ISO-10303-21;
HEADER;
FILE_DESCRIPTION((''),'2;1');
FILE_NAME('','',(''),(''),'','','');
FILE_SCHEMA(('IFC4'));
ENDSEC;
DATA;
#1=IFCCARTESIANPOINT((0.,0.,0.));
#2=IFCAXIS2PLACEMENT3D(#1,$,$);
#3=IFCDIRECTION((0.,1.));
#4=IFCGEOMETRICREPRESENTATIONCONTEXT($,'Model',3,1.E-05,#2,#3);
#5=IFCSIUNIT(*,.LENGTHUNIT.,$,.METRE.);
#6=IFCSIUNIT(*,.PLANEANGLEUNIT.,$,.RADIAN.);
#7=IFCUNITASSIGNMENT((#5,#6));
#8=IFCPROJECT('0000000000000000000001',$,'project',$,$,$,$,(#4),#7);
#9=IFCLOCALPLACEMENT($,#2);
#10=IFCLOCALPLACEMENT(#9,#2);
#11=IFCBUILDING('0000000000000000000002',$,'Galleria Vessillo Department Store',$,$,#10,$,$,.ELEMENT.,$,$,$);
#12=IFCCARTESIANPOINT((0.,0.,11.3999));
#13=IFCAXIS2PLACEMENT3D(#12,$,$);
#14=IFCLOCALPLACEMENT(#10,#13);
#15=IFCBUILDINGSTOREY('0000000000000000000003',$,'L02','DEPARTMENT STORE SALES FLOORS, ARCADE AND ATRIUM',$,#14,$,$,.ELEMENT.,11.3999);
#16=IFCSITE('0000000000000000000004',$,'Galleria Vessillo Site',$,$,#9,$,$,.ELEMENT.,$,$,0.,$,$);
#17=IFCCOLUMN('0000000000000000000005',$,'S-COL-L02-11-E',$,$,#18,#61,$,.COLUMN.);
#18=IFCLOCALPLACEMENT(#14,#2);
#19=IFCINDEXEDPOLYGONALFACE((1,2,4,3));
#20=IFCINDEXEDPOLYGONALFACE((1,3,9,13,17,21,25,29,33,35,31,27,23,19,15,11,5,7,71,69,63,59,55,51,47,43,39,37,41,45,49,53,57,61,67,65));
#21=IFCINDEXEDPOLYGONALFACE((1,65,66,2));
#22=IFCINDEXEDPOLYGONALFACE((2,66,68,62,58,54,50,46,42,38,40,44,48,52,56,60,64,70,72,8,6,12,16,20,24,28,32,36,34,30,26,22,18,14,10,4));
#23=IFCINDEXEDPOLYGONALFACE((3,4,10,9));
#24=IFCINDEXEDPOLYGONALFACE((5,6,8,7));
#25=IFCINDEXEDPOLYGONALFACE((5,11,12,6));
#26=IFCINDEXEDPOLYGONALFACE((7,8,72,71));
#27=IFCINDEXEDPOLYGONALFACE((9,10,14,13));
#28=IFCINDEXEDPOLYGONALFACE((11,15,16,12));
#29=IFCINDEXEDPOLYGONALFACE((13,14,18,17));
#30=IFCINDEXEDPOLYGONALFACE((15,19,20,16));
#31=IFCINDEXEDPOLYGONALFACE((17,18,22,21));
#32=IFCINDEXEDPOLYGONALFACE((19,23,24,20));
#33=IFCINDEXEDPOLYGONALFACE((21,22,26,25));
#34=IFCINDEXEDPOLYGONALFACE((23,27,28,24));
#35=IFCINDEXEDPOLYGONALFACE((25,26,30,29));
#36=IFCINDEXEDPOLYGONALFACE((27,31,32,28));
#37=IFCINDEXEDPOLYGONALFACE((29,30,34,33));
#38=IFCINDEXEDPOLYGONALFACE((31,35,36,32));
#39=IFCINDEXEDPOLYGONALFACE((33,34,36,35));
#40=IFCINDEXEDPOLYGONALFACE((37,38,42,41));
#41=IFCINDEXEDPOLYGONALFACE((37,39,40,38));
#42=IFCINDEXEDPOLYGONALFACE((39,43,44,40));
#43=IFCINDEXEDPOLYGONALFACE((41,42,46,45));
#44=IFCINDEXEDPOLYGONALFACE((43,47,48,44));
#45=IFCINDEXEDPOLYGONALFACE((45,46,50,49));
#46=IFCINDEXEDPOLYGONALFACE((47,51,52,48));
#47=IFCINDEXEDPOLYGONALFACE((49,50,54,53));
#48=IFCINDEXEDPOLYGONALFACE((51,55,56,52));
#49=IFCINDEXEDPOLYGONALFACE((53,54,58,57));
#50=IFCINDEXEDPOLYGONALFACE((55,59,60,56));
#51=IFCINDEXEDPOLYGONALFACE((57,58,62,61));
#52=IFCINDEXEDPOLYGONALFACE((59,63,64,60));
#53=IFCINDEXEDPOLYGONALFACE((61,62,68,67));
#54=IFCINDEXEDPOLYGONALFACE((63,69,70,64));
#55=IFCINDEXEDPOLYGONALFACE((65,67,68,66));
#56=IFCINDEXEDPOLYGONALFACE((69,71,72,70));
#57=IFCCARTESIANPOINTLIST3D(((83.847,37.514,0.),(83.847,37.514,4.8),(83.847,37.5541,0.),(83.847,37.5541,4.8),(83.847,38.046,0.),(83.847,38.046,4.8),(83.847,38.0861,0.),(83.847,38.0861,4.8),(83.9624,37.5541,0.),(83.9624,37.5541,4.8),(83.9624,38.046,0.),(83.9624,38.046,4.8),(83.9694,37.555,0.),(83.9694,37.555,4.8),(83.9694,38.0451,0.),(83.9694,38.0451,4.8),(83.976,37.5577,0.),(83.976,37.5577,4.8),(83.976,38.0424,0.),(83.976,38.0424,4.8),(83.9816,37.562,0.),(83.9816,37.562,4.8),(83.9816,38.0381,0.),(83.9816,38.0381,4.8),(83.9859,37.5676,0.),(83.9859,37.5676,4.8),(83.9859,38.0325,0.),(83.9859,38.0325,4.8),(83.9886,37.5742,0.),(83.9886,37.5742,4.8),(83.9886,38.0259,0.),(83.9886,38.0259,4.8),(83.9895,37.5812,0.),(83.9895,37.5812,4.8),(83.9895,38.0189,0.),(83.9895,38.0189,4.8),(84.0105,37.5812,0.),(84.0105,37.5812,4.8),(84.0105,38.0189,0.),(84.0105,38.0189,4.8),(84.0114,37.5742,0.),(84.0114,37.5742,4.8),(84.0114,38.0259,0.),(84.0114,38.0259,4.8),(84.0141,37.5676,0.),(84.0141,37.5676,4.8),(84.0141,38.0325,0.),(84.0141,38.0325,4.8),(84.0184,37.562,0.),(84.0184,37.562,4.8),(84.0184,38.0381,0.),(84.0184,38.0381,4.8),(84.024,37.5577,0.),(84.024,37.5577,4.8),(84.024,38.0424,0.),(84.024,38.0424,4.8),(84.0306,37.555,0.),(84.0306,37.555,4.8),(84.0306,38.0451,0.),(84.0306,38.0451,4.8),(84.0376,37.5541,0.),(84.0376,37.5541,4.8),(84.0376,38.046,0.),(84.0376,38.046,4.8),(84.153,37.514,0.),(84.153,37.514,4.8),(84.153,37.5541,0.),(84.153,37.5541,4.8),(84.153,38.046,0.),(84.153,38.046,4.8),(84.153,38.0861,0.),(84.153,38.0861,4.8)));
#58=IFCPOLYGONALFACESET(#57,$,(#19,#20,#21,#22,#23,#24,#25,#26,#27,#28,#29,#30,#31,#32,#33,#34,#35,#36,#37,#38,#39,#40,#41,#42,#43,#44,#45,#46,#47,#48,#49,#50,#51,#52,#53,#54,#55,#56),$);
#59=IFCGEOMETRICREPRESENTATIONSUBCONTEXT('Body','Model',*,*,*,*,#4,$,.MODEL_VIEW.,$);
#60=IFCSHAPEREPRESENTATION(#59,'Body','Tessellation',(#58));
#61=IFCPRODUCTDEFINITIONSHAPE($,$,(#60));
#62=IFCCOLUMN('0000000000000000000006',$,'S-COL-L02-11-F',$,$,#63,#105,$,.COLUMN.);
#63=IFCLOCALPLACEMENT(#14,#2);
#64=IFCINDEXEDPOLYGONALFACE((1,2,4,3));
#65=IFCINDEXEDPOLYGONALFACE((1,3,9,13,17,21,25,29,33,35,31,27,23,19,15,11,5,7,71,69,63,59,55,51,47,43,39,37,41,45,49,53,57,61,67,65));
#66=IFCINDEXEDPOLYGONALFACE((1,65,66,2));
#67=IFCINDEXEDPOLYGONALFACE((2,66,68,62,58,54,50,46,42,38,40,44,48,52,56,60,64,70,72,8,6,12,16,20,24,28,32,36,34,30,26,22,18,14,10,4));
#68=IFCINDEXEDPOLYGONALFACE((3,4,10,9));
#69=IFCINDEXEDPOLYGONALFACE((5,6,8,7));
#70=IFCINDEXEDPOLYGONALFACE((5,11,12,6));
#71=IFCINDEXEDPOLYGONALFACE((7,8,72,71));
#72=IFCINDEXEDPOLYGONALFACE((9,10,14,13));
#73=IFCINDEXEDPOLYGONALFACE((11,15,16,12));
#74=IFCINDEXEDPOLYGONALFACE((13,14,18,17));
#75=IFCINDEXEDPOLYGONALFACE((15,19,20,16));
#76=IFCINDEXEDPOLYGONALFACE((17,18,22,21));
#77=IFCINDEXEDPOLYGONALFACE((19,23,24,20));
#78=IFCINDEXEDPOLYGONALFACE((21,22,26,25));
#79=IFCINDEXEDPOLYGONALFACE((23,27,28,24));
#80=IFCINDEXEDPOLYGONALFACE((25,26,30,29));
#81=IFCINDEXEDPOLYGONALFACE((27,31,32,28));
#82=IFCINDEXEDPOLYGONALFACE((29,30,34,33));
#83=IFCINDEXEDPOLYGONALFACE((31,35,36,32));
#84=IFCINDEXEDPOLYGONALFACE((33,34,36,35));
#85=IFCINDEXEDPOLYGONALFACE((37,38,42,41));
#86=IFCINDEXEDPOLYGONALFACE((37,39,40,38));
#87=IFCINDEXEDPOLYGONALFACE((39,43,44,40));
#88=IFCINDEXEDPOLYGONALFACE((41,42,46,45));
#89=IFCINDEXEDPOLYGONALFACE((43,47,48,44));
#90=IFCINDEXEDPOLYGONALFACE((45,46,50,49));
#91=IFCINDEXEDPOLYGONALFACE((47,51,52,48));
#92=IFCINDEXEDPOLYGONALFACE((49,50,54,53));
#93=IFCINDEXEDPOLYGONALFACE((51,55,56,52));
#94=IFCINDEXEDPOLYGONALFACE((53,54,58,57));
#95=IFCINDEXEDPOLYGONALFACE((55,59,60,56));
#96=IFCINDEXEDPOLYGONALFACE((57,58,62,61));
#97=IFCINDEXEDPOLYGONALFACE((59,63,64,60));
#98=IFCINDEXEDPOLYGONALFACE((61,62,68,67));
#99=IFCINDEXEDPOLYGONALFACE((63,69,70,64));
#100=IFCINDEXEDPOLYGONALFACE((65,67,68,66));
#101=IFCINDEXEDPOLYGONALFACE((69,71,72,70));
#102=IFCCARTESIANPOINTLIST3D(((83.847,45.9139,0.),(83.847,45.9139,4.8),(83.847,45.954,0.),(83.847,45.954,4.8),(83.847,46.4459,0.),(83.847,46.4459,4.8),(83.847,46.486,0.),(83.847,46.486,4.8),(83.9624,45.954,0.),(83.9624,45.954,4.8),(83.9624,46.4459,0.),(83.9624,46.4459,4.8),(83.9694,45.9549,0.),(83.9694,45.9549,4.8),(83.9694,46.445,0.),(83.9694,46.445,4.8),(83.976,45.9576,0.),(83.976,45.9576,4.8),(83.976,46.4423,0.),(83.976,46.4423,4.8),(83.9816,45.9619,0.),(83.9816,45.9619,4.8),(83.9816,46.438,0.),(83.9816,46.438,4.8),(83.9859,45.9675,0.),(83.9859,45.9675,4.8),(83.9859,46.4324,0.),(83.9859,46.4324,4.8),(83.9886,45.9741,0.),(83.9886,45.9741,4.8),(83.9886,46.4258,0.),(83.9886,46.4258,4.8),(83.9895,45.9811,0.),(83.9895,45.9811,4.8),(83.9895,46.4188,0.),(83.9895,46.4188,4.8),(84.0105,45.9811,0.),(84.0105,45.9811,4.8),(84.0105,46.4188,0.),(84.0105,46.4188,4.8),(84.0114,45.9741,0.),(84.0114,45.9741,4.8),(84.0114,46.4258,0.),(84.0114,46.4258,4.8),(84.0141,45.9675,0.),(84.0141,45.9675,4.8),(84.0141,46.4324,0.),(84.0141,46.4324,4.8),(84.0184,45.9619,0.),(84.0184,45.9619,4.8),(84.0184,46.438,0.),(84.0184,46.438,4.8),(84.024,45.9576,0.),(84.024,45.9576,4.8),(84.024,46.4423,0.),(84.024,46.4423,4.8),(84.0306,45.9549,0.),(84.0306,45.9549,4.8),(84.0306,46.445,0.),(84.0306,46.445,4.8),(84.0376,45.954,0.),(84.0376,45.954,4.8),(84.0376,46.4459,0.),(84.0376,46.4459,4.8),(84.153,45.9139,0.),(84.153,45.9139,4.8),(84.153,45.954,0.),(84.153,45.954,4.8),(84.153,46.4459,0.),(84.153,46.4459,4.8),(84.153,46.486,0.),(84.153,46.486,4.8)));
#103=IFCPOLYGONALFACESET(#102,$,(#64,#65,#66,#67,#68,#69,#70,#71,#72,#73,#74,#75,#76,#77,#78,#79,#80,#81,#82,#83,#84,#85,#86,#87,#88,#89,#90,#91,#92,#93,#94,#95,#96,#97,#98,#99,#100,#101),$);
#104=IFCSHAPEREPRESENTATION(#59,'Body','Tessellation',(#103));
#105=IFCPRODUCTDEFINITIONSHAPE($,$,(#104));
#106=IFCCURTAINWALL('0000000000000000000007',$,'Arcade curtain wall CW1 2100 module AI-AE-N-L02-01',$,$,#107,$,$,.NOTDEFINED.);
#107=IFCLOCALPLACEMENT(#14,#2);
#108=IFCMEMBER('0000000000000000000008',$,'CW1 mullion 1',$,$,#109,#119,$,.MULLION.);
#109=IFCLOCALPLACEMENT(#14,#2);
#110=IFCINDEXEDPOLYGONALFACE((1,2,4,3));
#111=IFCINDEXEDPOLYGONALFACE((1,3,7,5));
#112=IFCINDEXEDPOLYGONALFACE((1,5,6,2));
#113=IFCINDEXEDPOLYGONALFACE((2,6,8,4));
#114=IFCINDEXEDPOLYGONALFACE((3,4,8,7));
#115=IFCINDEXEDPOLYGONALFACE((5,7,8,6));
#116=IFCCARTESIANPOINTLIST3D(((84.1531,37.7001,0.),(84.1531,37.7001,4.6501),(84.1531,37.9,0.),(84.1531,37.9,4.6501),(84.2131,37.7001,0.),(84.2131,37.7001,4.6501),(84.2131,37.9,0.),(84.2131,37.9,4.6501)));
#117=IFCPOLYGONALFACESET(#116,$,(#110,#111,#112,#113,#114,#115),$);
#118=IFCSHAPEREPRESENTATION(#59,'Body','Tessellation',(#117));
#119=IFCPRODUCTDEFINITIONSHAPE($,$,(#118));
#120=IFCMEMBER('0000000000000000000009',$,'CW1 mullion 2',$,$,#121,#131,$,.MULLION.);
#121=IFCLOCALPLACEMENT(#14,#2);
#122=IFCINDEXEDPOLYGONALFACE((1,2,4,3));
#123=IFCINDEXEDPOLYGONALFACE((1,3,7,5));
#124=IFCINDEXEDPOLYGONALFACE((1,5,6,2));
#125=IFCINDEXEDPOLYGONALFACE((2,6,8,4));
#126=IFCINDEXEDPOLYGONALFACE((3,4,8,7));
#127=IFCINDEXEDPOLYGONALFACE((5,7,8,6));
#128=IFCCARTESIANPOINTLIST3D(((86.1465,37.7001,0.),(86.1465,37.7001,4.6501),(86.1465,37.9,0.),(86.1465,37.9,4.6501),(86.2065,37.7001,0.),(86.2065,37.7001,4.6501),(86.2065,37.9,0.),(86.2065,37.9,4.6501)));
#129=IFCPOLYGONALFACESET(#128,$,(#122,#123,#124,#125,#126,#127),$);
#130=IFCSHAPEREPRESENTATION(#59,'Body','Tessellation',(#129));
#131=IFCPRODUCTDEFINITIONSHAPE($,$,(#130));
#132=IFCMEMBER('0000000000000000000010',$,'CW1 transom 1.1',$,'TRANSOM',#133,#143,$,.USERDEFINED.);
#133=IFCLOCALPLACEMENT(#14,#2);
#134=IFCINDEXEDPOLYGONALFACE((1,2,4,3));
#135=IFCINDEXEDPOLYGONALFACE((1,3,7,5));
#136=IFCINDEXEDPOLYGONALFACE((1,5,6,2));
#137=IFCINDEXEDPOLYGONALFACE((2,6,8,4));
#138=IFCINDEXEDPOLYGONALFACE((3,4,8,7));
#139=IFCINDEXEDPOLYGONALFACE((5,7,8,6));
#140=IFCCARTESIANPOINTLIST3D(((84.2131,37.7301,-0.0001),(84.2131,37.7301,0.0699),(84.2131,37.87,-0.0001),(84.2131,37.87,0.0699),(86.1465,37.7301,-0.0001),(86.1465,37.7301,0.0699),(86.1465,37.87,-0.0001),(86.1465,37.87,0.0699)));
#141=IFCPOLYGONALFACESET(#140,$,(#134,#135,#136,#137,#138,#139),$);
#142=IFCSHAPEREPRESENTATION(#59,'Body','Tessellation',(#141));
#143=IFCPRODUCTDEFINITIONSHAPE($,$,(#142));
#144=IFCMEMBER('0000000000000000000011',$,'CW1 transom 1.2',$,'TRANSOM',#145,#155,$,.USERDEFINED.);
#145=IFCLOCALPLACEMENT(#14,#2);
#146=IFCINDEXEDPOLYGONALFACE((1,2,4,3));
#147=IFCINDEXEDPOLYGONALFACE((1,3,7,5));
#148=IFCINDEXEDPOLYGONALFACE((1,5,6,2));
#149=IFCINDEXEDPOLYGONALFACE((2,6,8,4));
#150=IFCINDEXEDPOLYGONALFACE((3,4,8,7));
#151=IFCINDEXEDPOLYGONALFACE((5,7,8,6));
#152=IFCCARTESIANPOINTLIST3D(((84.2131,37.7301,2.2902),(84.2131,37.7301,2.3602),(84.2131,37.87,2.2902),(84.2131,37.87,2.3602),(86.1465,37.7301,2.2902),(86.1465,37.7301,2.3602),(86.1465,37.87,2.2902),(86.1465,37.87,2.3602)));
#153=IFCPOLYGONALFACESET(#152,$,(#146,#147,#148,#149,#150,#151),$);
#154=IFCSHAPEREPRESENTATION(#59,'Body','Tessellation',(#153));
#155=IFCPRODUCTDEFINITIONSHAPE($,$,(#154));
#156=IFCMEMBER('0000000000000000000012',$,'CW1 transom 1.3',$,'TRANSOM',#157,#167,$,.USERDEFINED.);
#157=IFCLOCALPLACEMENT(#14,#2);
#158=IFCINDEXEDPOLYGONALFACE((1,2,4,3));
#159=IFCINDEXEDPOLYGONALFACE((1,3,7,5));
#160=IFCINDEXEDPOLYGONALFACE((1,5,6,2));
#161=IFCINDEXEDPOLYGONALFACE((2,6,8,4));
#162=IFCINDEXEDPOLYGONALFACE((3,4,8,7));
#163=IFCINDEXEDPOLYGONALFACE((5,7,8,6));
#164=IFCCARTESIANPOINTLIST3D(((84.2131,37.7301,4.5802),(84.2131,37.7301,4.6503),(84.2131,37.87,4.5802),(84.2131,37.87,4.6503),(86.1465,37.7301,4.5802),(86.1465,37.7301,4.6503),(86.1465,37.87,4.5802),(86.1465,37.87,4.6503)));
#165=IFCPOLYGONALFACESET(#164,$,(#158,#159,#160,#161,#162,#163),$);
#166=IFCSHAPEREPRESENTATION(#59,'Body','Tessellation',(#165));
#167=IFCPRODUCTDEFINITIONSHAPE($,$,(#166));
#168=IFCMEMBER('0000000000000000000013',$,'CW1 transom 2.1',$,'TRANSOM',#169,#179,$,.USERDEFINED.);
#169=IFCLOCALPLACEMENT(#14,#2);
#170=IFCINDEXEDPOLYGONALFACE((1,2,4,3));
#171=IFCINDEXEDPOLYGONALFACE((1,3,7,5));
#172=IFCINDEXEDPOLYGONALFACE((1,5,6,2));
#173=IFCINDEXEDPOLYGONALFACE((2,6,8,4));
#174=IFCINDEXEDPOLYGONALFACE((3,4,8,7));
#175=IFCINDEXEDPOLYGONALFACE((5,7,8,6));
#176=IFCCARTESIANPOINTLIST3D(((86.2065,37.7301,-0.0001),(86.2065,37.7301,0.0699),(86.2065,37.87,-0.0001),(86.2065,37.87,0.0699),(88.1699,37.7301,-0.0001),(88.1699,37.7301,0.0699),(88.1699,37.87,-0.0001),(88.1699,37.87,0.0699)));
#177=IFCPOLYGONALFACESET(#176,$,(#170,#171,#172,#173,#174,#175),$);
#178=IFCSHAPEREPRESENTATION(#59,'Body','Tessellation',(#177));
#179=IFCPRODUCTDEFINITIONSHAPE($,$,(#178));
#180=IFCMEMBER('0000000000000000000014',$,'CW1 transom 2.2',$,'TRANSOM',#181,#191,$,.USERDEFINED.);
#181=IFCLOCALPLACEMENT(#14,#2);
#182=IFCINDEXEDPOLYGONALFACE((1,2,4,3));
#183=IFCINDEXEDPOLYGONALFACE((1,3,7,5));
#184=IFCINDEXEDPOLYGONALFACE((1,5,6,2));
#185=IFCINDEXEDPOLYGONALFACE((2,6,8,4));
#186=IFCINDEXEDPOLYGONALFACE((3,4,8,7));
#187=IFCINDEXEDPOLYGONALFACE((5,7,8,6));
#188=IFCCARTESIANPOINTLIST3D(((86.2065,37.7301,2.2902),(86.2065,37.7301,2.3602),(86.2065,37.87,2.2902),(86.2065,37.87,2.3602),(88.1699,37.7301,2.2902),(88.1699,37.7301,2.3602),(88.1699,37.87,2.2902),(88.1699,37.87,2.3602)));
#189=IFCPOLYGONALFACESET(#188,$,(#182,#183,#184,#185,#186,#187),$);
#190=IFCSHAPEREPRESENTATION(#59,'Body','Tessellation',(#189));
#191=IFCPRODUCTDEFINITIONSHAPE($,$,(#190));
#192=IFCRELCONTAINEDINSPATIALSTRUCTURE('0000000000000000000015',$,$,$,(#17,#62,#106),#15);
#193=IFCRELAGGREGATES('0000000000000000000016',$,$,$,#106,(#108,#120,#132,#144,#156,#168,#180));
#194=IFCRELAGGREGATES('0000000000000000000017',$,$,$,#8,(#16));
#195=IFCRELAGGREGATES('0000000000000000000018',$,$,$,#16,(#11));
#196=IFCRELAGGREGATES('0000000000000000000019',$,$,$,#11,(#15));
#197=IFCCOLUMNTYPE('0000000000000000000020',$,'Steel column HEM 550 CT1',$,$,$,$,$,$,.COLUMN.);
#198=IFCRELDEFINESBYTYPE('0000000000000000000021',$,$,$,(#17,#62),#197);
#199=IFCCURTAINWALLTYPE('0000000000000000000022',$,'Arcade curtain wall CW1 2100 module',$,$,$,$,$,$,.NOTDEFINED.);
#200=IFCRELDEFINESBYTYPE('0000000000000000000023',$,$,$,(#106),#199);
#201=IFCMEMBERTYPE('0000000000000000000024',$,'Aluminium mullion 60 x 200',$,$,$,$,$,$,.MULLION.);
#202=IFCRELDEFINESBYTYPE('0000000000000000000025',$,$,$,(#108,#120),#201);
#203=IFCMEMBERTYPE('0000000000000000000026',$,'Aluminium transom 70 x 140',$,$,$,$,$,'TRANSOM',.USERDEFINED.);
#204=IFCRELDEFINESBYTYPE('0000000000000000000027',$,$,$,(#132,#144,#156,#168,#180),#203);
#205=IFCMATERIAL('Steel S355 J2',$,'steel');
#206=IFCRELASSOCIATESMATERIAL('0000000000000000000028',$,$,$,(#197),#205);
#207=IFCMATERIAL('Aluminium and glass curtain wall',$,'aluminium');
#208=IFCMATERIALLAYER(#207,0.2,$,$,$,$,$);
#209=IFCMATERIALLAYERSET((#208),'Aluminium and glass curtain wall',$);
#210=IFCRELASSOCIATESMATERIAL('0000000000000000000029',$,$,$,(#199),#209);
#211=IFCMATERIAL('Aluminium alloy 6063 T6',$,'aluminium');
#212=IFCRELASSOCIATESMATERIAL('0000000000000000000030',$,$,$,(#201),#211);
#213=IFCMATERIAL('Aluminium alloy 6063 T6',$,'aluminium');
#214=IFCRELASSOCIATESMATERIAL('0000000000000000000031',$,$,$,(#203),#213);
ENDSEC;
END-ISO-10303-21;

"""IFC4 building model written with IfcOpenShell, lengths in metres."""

from ifc_helpers import new_model, si_unit, direction, frame, origin, origin_2d, place, context, subcontext, project, spatial, rectangle, i_section, extrude, material, layer, layer_set, material_profile, profile_set, type_object, element, aggregate, save


model = new_model("IFC4")

# Units and contexts
model_context = context("Model", 3, precision=1e-05, world=origin(), true_north=direction((0.0, 1.0)))
body_context = subcontext(model_context, "Body", "Model", "MODEL_VIEW")
ifc_project = project(units=[si_unit("LENGTHUNIT", "METRE"), si_unit("PLANEANGLEUNIT", "RADIAN")], contexts=[model_context])

# Site, building, storey
site_placement = place(None, origin())
site = spatial("IfcSite", under=ifc_project, at=site_placement, Name="Galleria Vessillo Site", CompositionType="ELEMENT", RefElevation=0.0)
building_placement = place(site_placement, origin())
building = spatial("IfcBuilding", under=site, at=building_placement, Name="Galleria Vessillo Department Store", CompositionType="ELEMENT")
storey_placement = place(building_placement, frame((0.0, 0.0, 11.3999)))
storey = spatial("IfcBuildingStorey", under=building, at=storey_placement, Name="L02", Description="DEPARTMENT STORE SALES FLOORS, ARCADE AND ATRIUM", CompositionType="ELEMENT", Elevation=11.3999)

# Columns
ifc_material_1 = material(Name="Steel S355 J2", Category="steel")
ifc_material_profile_1 = material_profile(ifc_material_1, i_section(OverallWidth=0.3059, OverallDepth=0.572, WebThickness=0.021, FlangeThickness=0.04, FilletRadius=0.0271, at=origin_2d()), Name="HEM 550")
ifc_profile_set_1 = profile_set([ifc_material_profile_1], Name="Steel S355 J2")
column_type = type_object("IfcColumnType", Name="Steel column HEM 550 CT1", PredefinedType="COLUMN", material=ifc_profile_set_1)
for number, where, z_axis, x_axis, name in (
    (1, (84.0, 37.8, 0.0), (0.0, 0.0, 1.0), (1.0, 0.0, 0.0), "S-COL-L02-11-E"),
    (2, (84.0, 46.2, 0.0), (0.0, 0.0, 1.0), (1.0, 0.0, 0.0), "S-COL-L02-11-F"),
):
    element("IfcColumn", number, at=place(storey_placement, frame(where, z_axis=z_axis, x_axis=x_axis)), inside=storey, type_object=column_type, Name=name, PredefinedType="COLUMN", context=body_context, shape_type="SweptSolid", body=[
        extrude(i_section(OverallWidth=0.3059, OverallDepth=0.572, WebThickness=0.021, FlangeThickness=0.04, FilletRadius=0.0271, at=origin_2d()), origin(), (0.0, 0.0, 1.0), 4.8),
    ])

# Curtain wall, members
ifc_material_2 = material(Name="Aluminium and glass curtain wall", Category="aluminium")
ifc_layer_1 = layer(ifc_material_2, 0.2)
ifc_layer_set_1 = layer_set([ifc_layer_1], Name="Aluminium and glass curtain wall")
curtain_wall_type = type_object("IfcCurtainWallType", Name="Arcade curtain wall CW1 2100 module", PredefinedType="NOTDEFINED", material=ifc_layer_set_1)
curtain_wall_placement = place(storey_placement, origin())
curtain_wall = element("IfcCurtainWall", 3, at=curtain_wall_placement, inside=storey, type_object=curtain_wall_type, Name="Arcade curtain wall CW1 2100 module AI-AE-N-L02-01", PredefinedType="NOTDEFINED")
ifc_material_3 = material(Name="Aluminium alloy 6063 T6", Category="aluminium")
ifc_material_profile_2 = material_profile(ifc_material_3, rectangle(XDim=0.2, YDim=0.0601, at=origin_2d()), Name="AL 60x200")
ifc_profile_set_2 = profile_set([ifc_material_profile_2], Name="Aluminium alloy 6063 T6")
member_type_1 = type_object("IfcMemberType", Name="Aluminium mullion 60 x 200", PredefinedType="MULLION", material=ifc_profile_set_2)
member_1_placement = place(storey_placement, frame((84.1831, 37.8, 0.0), z_axis=(0.0, 0.0, 1.0), x_axis=(0.0, 1.0, 0.0)))
member_1 = element("IfcMember", 4, at=member_1_placement, type_object=member_type_1, Name="CW1 mullion 1", PredefinedType="MULLION", context=body_context, shape_type="SweptSolid", body=[
    extrude(rectangle(XDim=0.2, YDim=0.0601, at=origin_2d()), origin(), (0.0, 0.0, 1.0), 4.6501),
])
member_2_placement = place(storey_placement, frame((86.1765, 37.8, 0.0), z_axis=(0.0, 0.0, 1.0), x_axis=(0.0, 1.0, 0.0)))
member_2 = element("IfcMember", 5, at=member_2_placement, type_object=member_type_1, Name="CW1 mullion 2", PredefinedType="MULLION", context=body_context, shape_type="SweptSolid", body=[
    extrude(rectangle(XDim=0.2, YDim=0.0601, at=origin_2d()), origin(), (0.0, 0.0, 1.0), 4.6501),
])
ifc_material_4 = material(Name="Aluminium alloy 6063 T6", Category="aluminium")
ifc_material_profile_3 = material_profile(ifc_material_4, rectangle(XDim=0.1399, YDim=0.0701, at=origin_2d()), Name="AL 70x140")
ifc_profile_set_3 = profile_set([ifc_material_profile_3], Name="Aluminium alloy 6063 T6")
member_type_2 = type_object("IfcMemberType", Name="Aluminium transom 70 x 140", ElementType="TRANSOM", PredefinedType="USERDEFINED", material=ifc_profile_set_3)
member_3_placement = place(storey_placement, frame((84.2131, 37.8, 0.0349), z_axis=(1.0, 0.0, 0.0), x_axis=(0.0, 1.0, 0.0)))
member_3 = element("IfcMember", 6, at=member_3_placement, type_object=member_type_2, Name="CW1 transom 1.1", ObjectType="TRANSOM", PredefinedType="USERDEFINED", context=body_context, shape_type="SweptSolid", body=[
    extrude(rectangle(XDim=0.1399, YDim=0.0701, at=origin_2d()), origin(), (0.0, 0.0, 1.0), 1.9333),
])
member_4_placement = place(storey_placement, frame((84.2131, 37.8, 2.3252), z_axis=(1.0, 0.0, 0.0), x_axis=(0.0, 1.0, 0.0)))
member_4 = element("IfcMember", 7, at=member_4_placement, type_object=member_type_2, Name="CW1 transom 1.2", ObjectType="TRANSOM", PredefinedType="USERDEFINED", context=body_context, shape_type="SweptSolid", body=[
    extrude(rectangle(XDim=0.1399, YDim=0.0701, at=origin_2d()), origin(), (0.0, 0.0, 1.0), 1.9333),
])
member_5_placement = place(storey_placement, frame((84.2131, 37.8, 4.6152), z_axis=(1.0, 0.0, 0.0), x_axis=(0.0, 1.0, 0.0)))
member_5 = element("IfcMember", 8, at=member_5_placement, type_object=member_type_2, Name="CW1 transom 1.3", ObjectType="TRANSOM", PredefinedType="USERDEFINED", context=body_context, shape_type="SweptSolid", body=[
    extrude(rectangle(XDim=0.1399, YDim=0.0701, at=origin_2d()), origin(), (0.0, 0.0, 1.0), 1.9333),
])
member_6_placement = place(storey_placement, frame((86.2065, 37.8, 0.0349), z_axis=(1.0, 0.0, 0.0), x_axis=(0.0, 1.0, 0.0)))
member_6 = element("IfcMember", 9, at=member_6_placement, type_object=member_type_2, Name="CW1 transom 2.1", ObjectType="TRANSOM", PredefinedType="USERDEFINED", context=body_context, shape_type="SweptSolid", body=[
    extrude(rectangle(XDim=0.1399, YDim=0.0701, at=origin_2d()), origin(), (0.0, 0.0, 1.0), 1.9634),
])
member_7_placement = place(storey_placement, frame((86.2065, 37.8, 2.3252), z_axis=(1.0, 0.0, 0.0), x_axis=(0.0, 1.0, 0.0)))
member_7 = element("IfcMember", 10, at=member_7_placement, type_object=member_type_2, Name="CW1 transom 2.2", ObjectType="TRANSOM", PredefinedType="USERDEFINED", context=body_context, shape_type="SweptSolid", body=[
    extrude(rectangle(XDim=0.1399, YDim=0.0701, at=origin_2d()), origin(), (0.0, 0.0, 1.0), 1.9634),
])

aggregate(curtain_wall, [member_1, member_2, member_3, member_4, member_5, member_6, member_7])

save(model, "model.ifc")
